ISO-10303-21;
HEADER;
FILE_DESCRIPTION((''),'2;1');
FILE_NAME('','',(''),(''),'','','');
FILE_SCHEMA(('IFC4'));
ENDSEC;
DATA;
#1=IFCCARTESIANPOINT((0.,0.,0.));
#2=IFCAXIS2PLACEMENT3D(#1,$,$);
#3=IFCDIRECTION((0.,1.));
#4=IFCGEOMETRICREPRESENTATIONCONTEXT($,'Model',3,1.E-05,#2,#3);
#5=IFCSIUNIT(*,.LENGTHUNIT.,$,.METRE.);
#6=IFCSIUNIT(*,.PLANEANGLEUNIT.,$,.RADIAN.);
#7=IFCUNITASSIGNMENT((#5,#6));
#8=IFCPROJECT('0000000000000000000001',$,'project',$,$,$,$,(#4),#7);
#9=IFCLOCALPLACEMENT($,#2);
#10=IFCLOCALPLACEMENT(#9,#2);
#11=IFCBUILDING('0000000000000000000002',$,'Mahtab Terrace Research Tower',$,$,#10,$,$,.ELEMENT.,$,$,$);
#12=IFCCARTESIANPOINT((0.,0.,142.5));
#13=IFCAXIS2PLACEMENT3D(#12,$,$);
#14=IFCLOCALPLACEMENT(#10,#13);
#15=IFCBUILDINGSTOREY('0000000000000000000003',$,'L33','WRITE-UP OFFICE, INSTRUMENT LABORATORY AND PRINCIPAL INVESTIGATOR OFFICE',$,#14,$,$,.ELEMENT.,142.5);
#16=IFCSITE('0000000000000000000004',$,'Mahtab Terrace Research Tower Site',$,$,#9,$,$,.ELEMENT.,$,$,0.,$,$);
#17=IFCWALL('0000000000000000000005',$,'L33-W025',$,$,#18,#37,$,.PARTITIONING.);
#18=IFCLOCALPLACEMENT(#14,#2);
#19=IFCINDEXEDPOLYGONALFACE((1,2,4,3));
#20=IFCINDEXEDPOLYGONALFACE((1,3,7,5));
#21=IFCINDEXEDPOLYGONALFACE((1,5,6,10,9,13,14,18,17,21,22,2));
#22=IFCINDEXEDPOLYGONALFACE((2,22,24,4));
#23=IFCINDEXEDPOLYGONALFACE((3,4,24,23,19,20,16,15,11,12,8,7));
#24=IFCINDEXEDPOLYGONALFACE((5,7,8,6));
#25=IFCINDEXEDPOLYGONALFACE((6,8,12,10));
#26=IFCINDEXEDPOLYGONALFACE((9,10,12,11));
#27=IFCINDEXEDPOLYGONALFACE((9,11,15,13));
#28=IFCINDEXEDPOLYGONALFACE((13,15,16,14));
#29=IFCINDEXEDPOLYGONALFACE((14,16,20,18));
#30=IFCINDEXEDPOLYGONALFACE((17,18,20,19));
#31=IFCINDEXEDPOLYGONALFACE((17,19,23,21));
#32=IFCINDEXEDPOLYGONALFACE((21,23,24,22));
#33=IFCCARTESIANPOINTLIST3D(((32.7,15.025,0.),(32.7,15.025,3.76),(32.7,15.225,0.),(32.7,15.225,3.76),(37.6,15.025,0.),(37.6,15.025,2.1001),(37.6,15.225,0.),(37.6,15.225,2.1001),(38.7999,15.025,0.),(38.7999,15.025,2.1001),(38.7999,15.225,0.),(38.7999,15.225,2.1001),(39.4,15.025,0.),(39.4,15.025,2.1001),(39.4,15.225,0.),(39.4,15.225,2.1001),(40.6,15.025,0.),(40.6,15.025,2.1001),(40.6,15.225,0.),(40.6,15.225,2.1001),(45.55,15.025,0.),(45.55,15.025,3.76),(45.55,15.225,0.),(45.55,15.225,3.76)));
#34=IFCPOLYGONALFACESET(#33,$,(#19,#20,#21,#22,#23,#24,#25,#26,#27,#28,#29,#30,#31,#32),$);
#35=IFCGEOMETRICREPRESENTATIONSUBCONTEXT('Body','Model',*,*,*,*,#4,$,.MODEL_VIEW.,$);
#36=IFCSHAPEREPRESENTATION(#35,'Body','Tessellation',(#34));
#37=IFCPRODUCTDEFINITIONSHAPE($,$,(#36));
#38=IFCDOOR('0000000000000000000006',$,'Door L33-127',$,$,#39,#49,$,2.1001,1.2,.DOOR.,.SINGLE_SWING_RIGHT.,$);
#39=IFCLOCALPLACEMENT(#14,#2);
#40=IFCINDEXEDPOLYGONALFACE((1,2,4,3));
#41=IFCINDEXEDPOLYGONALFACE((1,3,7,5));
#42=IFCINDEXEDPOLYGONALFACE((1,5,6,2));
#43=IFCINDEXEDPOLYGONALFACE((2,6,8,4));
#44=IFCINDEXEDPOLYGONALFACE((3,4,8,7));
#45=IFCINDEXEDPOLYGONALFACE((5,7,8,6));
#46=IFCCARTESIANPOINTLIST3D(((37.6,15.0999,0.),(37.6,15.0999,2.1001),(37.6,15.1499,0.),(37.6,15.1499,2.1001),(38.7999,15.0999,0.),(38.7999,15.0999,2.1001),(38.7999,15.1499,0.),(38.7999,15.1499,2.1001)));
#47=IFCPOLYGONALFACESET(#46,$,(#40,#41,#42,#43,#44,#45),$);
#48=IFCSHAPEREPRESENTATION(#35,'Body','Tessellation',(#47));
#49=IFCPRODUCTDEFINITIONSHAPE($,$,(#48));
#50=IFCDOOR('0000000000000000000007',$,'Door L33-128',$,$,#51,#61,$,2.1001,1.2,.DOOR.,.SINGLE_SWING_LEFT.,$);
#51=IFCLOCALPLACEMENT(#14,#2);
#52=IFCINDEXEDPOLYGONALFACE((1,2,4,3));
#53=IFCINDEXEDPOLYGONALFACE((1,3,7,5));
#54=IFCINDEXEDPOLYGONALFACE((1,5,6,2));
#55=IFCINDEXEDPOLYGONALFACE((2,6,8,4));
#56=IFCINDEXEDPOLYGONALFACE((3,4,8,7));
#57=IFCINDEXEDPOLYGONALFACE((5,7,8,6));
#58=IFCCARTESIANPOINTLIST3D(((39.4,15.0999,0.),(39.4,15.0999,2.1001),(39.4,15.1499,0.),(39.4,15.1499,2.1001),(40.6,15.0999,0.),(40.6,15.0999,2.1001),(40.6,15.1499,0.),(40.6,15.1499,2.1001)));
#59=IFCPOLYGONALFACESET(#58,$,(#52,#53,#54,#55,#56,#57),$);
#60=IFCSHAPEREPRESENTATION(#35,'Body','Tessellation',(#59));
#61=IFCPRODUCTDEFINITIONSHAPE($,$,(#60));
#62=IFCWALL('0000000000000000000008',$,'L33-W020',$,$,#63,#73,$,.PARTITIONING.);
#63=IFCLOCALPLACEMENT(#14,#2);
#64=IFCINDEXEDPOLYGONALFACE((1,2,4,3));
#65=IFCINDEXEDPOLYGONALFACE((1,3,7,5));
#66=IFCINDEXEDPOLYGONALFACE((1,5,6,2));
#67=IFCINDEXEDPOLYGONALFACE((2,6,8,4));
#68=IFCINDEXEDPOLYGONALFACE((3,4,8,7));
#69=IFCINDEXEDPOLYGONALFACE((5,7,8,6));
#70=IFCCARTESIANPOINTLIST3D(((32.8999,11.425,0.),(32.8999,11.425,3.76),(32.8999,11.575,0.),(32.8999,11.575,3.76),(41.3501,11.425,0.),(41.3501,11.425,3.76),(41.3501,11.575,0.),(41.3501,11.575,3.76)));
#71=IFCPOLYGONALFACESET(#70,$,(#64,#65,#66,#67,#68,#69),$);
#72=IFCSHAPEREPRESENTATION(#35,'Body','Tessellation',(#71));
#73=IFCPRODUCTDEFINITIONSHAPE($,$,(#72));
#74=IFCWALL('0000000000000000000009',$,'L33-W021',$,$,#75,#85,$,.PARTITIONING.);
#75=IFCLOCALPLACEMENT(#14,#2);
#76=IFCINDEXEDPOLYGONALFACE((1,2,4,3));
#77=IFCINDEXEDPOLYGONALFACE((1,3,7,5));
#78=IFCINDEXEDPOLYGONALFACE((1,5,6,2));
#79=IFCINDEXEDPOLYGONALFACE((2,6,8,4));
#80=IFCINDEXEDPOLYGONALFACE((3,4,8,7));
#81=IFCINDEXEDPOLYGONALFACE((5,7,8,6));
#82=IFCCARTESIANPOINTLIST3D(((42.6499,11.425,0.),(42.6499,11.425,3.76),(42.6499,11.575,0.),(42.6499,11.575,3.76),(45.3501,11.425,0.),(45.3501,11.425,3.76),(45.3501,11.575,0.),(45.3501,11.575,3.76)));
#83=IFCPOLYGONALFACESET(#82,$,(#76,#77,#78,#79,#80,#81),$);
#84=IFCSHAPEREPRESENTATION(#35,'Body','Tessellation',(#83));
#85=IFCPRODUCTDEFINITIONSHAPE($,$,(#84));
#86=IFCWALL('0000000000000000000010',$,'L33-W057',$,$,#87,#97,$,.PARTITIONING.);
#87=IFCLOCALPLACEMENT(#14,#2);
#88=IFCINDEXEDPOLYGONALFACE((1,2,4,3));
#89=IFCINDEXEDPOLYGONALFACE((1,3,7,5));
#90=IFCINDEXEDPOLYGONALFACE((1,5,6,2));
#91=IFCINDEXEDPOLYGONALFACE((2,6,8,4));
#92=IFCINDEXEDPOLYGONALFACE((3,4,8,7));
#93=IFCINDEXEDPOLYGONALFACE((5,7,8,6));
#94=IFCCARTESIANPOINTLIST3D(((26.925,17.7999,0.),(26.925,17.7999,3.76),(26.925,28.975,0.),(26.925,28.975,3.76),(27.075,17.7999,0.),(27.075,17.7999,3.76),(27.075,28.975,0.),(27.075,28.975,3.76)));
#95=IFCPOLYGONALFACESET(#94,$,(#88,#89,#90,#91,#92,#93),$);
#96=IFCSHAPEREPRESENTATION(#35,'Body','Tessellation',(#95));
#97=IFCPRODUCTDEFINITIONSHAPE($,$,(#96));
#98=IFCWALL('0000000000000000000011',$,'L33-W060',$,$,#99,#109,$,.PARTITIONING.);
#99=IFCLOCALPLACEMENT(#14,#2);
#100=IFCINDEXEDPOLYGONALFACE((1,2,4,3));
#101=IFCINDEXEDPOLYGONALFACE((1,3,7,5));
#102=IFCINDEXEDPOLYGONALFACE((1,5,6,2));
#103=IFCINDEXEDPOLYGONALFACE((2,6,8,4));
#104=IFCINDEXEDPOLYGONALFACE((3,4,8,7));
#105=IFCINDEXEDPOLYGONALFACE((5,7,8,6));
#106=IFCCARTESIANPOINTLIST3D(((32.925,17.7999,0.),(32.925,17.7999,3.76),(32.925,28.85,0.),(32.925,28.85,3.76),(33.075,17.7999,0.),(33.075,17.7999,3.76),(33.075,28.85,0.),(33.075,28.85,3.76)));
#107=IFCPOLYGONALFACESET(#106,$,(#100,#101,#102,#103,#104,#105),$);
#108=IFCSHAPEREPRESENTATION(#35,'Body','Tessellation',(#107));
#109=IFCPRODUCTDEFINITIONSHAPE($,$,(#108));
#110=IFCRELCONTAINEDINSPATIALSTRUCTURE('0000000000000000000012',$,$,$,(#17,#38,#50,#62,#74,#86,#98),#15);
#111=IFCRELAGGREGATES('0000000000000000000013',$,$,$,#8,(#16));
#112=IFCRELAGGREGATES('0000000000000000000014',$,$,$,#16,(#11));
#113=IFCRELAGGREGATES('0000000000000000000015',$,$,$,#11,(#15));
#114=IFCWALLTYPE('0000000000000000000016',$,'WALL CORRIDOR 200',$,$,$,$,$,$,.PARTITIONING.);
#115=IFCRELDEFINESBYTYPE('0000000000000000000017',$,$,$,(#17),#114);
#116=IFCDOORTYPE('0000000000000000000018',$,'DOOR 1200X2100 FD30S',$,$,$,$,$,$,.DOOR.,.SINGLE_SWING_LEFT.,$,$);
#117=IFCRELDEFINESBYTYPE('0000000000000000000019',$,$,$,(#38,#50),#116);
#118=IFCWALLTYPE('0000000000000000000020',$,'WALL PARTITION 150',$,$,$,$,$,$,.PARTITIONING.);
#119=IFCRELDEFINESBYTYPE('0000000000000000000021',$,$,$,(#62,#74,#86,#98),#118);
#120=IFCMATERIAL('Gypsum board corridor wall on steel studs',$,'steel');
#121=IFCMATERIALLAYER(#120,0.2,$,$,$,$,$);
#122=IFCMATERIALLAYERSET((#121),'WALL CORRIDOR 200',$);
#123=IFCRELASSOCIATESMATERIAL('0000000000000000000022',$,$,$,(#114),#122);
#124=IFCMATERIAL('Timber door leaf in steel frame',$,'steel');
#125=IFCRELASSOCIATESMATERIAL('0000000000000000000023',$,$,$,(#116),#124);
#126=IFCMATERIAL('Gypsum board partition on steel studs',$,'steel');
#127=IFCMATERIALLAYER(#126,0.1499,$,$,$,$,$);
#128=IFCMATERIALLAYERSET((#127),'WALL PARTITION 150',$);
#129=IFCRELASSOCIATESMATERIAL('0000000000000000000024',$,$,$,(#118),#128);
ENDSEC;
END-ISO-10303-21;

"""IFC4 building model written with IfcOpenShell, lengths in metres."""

from ifc_helpers import new_model, si_unit, direction, frame, frame_2d, origin, place, context, subcontext, project, spatial, rectangle, extrude, material, layer, layer_set, type_object, element, fill, save


model = new_model("IFC4")

# Units and contexts
model_context = context("Model", 3, precision=1e-05, world=origin(), true_north=direction((0.0, 1.0)))
body_context = subcontext(model_context, "Body", "Model", "MODEL_VIEW")
ifc_project = project(units=[si_unit("LENGTHUNIT", "METRE"), si_unit("PLANEANGLEUNIT", "RADIAN")], contexts=[model_context])

# Site, building, storey
site_placement = place(None, origin())
site = spatial("IfcSite", under=ifc_project, at=site_placement, Name="Mahtab Terrace Research Tower Site", CompositionType="ELEMENT", RefElevation=0.0)
building_placement = place(site_placement, origin())
building = spatial("IfcBuilding", under=site, at=building_placement, Name="Mahtab Terrace Research Tower", CompositionType="ELEMENT")
storey_placement = place(building_placement, frame((0.0, 0.0, 142.5)))
storey = spatial("IfcBuildingStorey", under=building, at=storey_placement, Name="L33", Description="WRITE-UP OFFICE, INSTRUMENT LABORATORY AND PRINCIPAL INVESTIGATOR OFFICE", CompositionType="ELEMENT", Elevation=142.5)

# Wall, openings, doors
ifc_material_1 = material(Name="Gypsum board corridor wall on steel studs", Category="steel")
ifc_layer_1 = layer(ifc_material_1, 0.2)
ifc_layer_set_1 = layer_set([ifc_layer_1], Name="WALL CORRIDOR 200")
wall_type_1 = type_object("IfcWallType", Name="WALL CORRIDOR 200", PredefinedType="PARTITIONING", material=ifc_layer_set_1)
wall_1_placement = place(storey_placement, frame((32.7, 15.125, 0.0), z_axis=(0.0, 0.0, 1.0), x_axis=(1.0, 0.0, 0.0)))
wall_1 = element("IfcWall", 1, at=wall_1_placement, inside=storey, type_object=wall_type_1, Name="L33-W025", PredefinedType="PARTITIONING", context=body_context, shape_type="SweptSolid", body=[
    extrude(rectangle(XDim=12.8501, YDim=0.2, at=frame_2d((6.425, 0.0))), origin(), (0.0, 0.0, 1.0), 3.76),
])
opening_1_placement = place(wall_1_placement, frame((4.8999, 0.0, 0.0)))
opening_1 = element("IfcOpeningElement", 2, at=opening_1_placement, cuts=wall_1, PredefinedType="OPENING", context=body_context, shape_type="SweptSolid", body=[
    extrude(rectangle(XDim=1.2, YDim=2.1001, at=frame_2d((0.6001, 1.05))), frame((0.0, 0.1099, 0.0), z_axis=(0.0, -1.0, 0.0), x_axis=(1.0, 0.0, 0.0)), (0.0, 0.0, 1.0), 0.22),
])
opening_2_placement = place(wall_1_placement, frame((6.7, 0.0, 0.0)))
opening_2 = element("IfcOpeningElement", 3, at=opening_2_placement, cuts=wall_1, PredefinedType="OPENING", context=body_context, shape_type="SweptSolid", body=[
    extrude(rectangle(XDim=1.2, YDim=2.1001, at=frame_2d((0.6001, 1.05))), frame((0.0, 0.1099, 0.0), z_axis=(0.0, -1.0, 0.0), x_axis=(1.0, 0.0, 0.0)), (0.0, 0.0, 1.0), 0.22),
])
ifc_material_2 = material(Name="Timber door leaf in steel frame", Category="steel")
door_type_1 = type_object("IfcDoorType", Name="DOOR 1200X2100 FD30S", OperationType="SINGLE_SWING_LEFT", PredefinedType="DOOR", material=ifc_material_2)
door_1_placement = place(opening_1_placement, origin())
door_1 = element("IfcDoor", 4, at=door_1_placement, inside=storey, type_object=door_type_1, Name="Door L33-127", OperationType="SINGLE_SWING_RIGHT", OverallHeight=2.1001, OverallWidth=1.2, PredefinedType="DOOR", context=body_context, shape_type="SweptSolid", body=[
    extrude(rectangle(XDim=1.2, YDim=2.1001, at=frame_2d((0.6001, 1.05))), frame((0.0, 0.0249, 0.0), z_axis=(0.0, -1.0, 0.0), x_axis=(1.0, 0.0, 0.0)), (0.0, 0.0, 1.0), 0.05),
])
fill(opening_1, door_1)
door_2_placement = place(opening_2_placement, origin())
door_2 = element("IfcDoor", 5, at=door_2_placement, inside=storey, type_object=door_type_1, Name="Door L33-128", OperationType="SINGLE_SWING_LEFT", OverallHeight=2.1001, OverallWidth=1.2, PredefinedType="DOOR", context=body_context, shape_type="SweptSolid", body=[
    extrude(rectangle(XDim=1.2, YDim=2.1001, at=frame_2d((0.6001, 1.05))), frame((0.0, 0.0249, 0.0), z_axis=(0.0, -1.0, 0.0), x_axis=(1.0, 0.0, 0.0)), (0.0, 0.0, 1.0), 0.05),
])
fill(opening_2, door_2)

# Walls
ifc_material_3 = material(Name="Gypsum board partition on steel studs", Category="steel")
ifc_layer_2 = layer(ifc_material_3, 0.1499)
ifc_layer_set_2 = layer_set([ifc_layer_2], Name="WALL PARTITION 150")
wall_type_2 = type_object("IfcWallType", Name="WALL PARTITION 150", PredefinedType="PARTITIONING", material=ifc_layer_set_2)
wall_2_placement = place(storey_placement, frame((32.8999, 11.5, 0.0), z_axis=(0.0, 0.0, 1.0), x_axis=(1.0, 0.0, 0.0)))
element("IfcWall", 6, at=wall_2_placement, inside=storey, type_object=wall_type_2, Name="L33-W020", PredefinedType="PARTITIONING", context=body_context, shape_type="SweptSolid", body=[
    extrude(rectangle(XDim=8.4502, YDim=0.1499, at=frame_2d((4.2251, 0.0))), origin(), (0.0, 0.0, 1.0), 3.76),
])
wall_3_placement = place(storey_placement, frame((42.6499, 11.5, 0.0), z_axis=(0.0, 0.0, 1.0), x_axis=(1.0, 0.0, 0.0)))
element("IfcWall", 7, at=wall_3_placement, inside=storey, type_object=wall_type_2, Name="L33-W021", PredefinedType="PARTITIONING", context=body_context, shape_type="SweptSolid", body=[
    extrude(rectangle(XDim=2.7002, YDim=0.1499, at=frame_2d((1.3501, 0.0))), origin(), (0.0, 0.0, 1.0), 3.76),
])
wall_4_placement = place(storey_placement, frame((27.0, 17.8, 0.0), z_axis=(0.0, 0.0, 1.0), x_axis=(0.0, 1.0, 0.0)))
element("IfcWall", 8, at=wall_4_placement, inside=storey, type_object=wall_type_2, Name="L33-W057", PredefinedType="PARTITIONING", context=body_context, shape_type="SweptSolid", body=[
    extrude(rectangle(XDim=11.175, YDim=0.1499, at=frame_2d((5.5874, 0.0))), origin(), (0.0, 0.0, 1.0), 3.76),
])
wall_5_placement = place(storey_placement, frame((33.0, 17.8, 0.0), z_axis=(0.0, 0.0, 1.0), x_axis=(0.0, 1.0, 0.0)))
element("IfcWall", 9, at=wall_5_placement, inside=storey, type_object=wall_type_2, Name="L33-W060", PredefinedType="PARTITIONING", context=body_context, shape_type="SweptSolid", body=[
    extrude(rectangle(XDim=11.05, YDim=0.1499, at=frame_2d((5.5249, 0.0))), origin(), (0.0, 0.0, 1.0), 3.76),
])

save(model, "model.ifc")
